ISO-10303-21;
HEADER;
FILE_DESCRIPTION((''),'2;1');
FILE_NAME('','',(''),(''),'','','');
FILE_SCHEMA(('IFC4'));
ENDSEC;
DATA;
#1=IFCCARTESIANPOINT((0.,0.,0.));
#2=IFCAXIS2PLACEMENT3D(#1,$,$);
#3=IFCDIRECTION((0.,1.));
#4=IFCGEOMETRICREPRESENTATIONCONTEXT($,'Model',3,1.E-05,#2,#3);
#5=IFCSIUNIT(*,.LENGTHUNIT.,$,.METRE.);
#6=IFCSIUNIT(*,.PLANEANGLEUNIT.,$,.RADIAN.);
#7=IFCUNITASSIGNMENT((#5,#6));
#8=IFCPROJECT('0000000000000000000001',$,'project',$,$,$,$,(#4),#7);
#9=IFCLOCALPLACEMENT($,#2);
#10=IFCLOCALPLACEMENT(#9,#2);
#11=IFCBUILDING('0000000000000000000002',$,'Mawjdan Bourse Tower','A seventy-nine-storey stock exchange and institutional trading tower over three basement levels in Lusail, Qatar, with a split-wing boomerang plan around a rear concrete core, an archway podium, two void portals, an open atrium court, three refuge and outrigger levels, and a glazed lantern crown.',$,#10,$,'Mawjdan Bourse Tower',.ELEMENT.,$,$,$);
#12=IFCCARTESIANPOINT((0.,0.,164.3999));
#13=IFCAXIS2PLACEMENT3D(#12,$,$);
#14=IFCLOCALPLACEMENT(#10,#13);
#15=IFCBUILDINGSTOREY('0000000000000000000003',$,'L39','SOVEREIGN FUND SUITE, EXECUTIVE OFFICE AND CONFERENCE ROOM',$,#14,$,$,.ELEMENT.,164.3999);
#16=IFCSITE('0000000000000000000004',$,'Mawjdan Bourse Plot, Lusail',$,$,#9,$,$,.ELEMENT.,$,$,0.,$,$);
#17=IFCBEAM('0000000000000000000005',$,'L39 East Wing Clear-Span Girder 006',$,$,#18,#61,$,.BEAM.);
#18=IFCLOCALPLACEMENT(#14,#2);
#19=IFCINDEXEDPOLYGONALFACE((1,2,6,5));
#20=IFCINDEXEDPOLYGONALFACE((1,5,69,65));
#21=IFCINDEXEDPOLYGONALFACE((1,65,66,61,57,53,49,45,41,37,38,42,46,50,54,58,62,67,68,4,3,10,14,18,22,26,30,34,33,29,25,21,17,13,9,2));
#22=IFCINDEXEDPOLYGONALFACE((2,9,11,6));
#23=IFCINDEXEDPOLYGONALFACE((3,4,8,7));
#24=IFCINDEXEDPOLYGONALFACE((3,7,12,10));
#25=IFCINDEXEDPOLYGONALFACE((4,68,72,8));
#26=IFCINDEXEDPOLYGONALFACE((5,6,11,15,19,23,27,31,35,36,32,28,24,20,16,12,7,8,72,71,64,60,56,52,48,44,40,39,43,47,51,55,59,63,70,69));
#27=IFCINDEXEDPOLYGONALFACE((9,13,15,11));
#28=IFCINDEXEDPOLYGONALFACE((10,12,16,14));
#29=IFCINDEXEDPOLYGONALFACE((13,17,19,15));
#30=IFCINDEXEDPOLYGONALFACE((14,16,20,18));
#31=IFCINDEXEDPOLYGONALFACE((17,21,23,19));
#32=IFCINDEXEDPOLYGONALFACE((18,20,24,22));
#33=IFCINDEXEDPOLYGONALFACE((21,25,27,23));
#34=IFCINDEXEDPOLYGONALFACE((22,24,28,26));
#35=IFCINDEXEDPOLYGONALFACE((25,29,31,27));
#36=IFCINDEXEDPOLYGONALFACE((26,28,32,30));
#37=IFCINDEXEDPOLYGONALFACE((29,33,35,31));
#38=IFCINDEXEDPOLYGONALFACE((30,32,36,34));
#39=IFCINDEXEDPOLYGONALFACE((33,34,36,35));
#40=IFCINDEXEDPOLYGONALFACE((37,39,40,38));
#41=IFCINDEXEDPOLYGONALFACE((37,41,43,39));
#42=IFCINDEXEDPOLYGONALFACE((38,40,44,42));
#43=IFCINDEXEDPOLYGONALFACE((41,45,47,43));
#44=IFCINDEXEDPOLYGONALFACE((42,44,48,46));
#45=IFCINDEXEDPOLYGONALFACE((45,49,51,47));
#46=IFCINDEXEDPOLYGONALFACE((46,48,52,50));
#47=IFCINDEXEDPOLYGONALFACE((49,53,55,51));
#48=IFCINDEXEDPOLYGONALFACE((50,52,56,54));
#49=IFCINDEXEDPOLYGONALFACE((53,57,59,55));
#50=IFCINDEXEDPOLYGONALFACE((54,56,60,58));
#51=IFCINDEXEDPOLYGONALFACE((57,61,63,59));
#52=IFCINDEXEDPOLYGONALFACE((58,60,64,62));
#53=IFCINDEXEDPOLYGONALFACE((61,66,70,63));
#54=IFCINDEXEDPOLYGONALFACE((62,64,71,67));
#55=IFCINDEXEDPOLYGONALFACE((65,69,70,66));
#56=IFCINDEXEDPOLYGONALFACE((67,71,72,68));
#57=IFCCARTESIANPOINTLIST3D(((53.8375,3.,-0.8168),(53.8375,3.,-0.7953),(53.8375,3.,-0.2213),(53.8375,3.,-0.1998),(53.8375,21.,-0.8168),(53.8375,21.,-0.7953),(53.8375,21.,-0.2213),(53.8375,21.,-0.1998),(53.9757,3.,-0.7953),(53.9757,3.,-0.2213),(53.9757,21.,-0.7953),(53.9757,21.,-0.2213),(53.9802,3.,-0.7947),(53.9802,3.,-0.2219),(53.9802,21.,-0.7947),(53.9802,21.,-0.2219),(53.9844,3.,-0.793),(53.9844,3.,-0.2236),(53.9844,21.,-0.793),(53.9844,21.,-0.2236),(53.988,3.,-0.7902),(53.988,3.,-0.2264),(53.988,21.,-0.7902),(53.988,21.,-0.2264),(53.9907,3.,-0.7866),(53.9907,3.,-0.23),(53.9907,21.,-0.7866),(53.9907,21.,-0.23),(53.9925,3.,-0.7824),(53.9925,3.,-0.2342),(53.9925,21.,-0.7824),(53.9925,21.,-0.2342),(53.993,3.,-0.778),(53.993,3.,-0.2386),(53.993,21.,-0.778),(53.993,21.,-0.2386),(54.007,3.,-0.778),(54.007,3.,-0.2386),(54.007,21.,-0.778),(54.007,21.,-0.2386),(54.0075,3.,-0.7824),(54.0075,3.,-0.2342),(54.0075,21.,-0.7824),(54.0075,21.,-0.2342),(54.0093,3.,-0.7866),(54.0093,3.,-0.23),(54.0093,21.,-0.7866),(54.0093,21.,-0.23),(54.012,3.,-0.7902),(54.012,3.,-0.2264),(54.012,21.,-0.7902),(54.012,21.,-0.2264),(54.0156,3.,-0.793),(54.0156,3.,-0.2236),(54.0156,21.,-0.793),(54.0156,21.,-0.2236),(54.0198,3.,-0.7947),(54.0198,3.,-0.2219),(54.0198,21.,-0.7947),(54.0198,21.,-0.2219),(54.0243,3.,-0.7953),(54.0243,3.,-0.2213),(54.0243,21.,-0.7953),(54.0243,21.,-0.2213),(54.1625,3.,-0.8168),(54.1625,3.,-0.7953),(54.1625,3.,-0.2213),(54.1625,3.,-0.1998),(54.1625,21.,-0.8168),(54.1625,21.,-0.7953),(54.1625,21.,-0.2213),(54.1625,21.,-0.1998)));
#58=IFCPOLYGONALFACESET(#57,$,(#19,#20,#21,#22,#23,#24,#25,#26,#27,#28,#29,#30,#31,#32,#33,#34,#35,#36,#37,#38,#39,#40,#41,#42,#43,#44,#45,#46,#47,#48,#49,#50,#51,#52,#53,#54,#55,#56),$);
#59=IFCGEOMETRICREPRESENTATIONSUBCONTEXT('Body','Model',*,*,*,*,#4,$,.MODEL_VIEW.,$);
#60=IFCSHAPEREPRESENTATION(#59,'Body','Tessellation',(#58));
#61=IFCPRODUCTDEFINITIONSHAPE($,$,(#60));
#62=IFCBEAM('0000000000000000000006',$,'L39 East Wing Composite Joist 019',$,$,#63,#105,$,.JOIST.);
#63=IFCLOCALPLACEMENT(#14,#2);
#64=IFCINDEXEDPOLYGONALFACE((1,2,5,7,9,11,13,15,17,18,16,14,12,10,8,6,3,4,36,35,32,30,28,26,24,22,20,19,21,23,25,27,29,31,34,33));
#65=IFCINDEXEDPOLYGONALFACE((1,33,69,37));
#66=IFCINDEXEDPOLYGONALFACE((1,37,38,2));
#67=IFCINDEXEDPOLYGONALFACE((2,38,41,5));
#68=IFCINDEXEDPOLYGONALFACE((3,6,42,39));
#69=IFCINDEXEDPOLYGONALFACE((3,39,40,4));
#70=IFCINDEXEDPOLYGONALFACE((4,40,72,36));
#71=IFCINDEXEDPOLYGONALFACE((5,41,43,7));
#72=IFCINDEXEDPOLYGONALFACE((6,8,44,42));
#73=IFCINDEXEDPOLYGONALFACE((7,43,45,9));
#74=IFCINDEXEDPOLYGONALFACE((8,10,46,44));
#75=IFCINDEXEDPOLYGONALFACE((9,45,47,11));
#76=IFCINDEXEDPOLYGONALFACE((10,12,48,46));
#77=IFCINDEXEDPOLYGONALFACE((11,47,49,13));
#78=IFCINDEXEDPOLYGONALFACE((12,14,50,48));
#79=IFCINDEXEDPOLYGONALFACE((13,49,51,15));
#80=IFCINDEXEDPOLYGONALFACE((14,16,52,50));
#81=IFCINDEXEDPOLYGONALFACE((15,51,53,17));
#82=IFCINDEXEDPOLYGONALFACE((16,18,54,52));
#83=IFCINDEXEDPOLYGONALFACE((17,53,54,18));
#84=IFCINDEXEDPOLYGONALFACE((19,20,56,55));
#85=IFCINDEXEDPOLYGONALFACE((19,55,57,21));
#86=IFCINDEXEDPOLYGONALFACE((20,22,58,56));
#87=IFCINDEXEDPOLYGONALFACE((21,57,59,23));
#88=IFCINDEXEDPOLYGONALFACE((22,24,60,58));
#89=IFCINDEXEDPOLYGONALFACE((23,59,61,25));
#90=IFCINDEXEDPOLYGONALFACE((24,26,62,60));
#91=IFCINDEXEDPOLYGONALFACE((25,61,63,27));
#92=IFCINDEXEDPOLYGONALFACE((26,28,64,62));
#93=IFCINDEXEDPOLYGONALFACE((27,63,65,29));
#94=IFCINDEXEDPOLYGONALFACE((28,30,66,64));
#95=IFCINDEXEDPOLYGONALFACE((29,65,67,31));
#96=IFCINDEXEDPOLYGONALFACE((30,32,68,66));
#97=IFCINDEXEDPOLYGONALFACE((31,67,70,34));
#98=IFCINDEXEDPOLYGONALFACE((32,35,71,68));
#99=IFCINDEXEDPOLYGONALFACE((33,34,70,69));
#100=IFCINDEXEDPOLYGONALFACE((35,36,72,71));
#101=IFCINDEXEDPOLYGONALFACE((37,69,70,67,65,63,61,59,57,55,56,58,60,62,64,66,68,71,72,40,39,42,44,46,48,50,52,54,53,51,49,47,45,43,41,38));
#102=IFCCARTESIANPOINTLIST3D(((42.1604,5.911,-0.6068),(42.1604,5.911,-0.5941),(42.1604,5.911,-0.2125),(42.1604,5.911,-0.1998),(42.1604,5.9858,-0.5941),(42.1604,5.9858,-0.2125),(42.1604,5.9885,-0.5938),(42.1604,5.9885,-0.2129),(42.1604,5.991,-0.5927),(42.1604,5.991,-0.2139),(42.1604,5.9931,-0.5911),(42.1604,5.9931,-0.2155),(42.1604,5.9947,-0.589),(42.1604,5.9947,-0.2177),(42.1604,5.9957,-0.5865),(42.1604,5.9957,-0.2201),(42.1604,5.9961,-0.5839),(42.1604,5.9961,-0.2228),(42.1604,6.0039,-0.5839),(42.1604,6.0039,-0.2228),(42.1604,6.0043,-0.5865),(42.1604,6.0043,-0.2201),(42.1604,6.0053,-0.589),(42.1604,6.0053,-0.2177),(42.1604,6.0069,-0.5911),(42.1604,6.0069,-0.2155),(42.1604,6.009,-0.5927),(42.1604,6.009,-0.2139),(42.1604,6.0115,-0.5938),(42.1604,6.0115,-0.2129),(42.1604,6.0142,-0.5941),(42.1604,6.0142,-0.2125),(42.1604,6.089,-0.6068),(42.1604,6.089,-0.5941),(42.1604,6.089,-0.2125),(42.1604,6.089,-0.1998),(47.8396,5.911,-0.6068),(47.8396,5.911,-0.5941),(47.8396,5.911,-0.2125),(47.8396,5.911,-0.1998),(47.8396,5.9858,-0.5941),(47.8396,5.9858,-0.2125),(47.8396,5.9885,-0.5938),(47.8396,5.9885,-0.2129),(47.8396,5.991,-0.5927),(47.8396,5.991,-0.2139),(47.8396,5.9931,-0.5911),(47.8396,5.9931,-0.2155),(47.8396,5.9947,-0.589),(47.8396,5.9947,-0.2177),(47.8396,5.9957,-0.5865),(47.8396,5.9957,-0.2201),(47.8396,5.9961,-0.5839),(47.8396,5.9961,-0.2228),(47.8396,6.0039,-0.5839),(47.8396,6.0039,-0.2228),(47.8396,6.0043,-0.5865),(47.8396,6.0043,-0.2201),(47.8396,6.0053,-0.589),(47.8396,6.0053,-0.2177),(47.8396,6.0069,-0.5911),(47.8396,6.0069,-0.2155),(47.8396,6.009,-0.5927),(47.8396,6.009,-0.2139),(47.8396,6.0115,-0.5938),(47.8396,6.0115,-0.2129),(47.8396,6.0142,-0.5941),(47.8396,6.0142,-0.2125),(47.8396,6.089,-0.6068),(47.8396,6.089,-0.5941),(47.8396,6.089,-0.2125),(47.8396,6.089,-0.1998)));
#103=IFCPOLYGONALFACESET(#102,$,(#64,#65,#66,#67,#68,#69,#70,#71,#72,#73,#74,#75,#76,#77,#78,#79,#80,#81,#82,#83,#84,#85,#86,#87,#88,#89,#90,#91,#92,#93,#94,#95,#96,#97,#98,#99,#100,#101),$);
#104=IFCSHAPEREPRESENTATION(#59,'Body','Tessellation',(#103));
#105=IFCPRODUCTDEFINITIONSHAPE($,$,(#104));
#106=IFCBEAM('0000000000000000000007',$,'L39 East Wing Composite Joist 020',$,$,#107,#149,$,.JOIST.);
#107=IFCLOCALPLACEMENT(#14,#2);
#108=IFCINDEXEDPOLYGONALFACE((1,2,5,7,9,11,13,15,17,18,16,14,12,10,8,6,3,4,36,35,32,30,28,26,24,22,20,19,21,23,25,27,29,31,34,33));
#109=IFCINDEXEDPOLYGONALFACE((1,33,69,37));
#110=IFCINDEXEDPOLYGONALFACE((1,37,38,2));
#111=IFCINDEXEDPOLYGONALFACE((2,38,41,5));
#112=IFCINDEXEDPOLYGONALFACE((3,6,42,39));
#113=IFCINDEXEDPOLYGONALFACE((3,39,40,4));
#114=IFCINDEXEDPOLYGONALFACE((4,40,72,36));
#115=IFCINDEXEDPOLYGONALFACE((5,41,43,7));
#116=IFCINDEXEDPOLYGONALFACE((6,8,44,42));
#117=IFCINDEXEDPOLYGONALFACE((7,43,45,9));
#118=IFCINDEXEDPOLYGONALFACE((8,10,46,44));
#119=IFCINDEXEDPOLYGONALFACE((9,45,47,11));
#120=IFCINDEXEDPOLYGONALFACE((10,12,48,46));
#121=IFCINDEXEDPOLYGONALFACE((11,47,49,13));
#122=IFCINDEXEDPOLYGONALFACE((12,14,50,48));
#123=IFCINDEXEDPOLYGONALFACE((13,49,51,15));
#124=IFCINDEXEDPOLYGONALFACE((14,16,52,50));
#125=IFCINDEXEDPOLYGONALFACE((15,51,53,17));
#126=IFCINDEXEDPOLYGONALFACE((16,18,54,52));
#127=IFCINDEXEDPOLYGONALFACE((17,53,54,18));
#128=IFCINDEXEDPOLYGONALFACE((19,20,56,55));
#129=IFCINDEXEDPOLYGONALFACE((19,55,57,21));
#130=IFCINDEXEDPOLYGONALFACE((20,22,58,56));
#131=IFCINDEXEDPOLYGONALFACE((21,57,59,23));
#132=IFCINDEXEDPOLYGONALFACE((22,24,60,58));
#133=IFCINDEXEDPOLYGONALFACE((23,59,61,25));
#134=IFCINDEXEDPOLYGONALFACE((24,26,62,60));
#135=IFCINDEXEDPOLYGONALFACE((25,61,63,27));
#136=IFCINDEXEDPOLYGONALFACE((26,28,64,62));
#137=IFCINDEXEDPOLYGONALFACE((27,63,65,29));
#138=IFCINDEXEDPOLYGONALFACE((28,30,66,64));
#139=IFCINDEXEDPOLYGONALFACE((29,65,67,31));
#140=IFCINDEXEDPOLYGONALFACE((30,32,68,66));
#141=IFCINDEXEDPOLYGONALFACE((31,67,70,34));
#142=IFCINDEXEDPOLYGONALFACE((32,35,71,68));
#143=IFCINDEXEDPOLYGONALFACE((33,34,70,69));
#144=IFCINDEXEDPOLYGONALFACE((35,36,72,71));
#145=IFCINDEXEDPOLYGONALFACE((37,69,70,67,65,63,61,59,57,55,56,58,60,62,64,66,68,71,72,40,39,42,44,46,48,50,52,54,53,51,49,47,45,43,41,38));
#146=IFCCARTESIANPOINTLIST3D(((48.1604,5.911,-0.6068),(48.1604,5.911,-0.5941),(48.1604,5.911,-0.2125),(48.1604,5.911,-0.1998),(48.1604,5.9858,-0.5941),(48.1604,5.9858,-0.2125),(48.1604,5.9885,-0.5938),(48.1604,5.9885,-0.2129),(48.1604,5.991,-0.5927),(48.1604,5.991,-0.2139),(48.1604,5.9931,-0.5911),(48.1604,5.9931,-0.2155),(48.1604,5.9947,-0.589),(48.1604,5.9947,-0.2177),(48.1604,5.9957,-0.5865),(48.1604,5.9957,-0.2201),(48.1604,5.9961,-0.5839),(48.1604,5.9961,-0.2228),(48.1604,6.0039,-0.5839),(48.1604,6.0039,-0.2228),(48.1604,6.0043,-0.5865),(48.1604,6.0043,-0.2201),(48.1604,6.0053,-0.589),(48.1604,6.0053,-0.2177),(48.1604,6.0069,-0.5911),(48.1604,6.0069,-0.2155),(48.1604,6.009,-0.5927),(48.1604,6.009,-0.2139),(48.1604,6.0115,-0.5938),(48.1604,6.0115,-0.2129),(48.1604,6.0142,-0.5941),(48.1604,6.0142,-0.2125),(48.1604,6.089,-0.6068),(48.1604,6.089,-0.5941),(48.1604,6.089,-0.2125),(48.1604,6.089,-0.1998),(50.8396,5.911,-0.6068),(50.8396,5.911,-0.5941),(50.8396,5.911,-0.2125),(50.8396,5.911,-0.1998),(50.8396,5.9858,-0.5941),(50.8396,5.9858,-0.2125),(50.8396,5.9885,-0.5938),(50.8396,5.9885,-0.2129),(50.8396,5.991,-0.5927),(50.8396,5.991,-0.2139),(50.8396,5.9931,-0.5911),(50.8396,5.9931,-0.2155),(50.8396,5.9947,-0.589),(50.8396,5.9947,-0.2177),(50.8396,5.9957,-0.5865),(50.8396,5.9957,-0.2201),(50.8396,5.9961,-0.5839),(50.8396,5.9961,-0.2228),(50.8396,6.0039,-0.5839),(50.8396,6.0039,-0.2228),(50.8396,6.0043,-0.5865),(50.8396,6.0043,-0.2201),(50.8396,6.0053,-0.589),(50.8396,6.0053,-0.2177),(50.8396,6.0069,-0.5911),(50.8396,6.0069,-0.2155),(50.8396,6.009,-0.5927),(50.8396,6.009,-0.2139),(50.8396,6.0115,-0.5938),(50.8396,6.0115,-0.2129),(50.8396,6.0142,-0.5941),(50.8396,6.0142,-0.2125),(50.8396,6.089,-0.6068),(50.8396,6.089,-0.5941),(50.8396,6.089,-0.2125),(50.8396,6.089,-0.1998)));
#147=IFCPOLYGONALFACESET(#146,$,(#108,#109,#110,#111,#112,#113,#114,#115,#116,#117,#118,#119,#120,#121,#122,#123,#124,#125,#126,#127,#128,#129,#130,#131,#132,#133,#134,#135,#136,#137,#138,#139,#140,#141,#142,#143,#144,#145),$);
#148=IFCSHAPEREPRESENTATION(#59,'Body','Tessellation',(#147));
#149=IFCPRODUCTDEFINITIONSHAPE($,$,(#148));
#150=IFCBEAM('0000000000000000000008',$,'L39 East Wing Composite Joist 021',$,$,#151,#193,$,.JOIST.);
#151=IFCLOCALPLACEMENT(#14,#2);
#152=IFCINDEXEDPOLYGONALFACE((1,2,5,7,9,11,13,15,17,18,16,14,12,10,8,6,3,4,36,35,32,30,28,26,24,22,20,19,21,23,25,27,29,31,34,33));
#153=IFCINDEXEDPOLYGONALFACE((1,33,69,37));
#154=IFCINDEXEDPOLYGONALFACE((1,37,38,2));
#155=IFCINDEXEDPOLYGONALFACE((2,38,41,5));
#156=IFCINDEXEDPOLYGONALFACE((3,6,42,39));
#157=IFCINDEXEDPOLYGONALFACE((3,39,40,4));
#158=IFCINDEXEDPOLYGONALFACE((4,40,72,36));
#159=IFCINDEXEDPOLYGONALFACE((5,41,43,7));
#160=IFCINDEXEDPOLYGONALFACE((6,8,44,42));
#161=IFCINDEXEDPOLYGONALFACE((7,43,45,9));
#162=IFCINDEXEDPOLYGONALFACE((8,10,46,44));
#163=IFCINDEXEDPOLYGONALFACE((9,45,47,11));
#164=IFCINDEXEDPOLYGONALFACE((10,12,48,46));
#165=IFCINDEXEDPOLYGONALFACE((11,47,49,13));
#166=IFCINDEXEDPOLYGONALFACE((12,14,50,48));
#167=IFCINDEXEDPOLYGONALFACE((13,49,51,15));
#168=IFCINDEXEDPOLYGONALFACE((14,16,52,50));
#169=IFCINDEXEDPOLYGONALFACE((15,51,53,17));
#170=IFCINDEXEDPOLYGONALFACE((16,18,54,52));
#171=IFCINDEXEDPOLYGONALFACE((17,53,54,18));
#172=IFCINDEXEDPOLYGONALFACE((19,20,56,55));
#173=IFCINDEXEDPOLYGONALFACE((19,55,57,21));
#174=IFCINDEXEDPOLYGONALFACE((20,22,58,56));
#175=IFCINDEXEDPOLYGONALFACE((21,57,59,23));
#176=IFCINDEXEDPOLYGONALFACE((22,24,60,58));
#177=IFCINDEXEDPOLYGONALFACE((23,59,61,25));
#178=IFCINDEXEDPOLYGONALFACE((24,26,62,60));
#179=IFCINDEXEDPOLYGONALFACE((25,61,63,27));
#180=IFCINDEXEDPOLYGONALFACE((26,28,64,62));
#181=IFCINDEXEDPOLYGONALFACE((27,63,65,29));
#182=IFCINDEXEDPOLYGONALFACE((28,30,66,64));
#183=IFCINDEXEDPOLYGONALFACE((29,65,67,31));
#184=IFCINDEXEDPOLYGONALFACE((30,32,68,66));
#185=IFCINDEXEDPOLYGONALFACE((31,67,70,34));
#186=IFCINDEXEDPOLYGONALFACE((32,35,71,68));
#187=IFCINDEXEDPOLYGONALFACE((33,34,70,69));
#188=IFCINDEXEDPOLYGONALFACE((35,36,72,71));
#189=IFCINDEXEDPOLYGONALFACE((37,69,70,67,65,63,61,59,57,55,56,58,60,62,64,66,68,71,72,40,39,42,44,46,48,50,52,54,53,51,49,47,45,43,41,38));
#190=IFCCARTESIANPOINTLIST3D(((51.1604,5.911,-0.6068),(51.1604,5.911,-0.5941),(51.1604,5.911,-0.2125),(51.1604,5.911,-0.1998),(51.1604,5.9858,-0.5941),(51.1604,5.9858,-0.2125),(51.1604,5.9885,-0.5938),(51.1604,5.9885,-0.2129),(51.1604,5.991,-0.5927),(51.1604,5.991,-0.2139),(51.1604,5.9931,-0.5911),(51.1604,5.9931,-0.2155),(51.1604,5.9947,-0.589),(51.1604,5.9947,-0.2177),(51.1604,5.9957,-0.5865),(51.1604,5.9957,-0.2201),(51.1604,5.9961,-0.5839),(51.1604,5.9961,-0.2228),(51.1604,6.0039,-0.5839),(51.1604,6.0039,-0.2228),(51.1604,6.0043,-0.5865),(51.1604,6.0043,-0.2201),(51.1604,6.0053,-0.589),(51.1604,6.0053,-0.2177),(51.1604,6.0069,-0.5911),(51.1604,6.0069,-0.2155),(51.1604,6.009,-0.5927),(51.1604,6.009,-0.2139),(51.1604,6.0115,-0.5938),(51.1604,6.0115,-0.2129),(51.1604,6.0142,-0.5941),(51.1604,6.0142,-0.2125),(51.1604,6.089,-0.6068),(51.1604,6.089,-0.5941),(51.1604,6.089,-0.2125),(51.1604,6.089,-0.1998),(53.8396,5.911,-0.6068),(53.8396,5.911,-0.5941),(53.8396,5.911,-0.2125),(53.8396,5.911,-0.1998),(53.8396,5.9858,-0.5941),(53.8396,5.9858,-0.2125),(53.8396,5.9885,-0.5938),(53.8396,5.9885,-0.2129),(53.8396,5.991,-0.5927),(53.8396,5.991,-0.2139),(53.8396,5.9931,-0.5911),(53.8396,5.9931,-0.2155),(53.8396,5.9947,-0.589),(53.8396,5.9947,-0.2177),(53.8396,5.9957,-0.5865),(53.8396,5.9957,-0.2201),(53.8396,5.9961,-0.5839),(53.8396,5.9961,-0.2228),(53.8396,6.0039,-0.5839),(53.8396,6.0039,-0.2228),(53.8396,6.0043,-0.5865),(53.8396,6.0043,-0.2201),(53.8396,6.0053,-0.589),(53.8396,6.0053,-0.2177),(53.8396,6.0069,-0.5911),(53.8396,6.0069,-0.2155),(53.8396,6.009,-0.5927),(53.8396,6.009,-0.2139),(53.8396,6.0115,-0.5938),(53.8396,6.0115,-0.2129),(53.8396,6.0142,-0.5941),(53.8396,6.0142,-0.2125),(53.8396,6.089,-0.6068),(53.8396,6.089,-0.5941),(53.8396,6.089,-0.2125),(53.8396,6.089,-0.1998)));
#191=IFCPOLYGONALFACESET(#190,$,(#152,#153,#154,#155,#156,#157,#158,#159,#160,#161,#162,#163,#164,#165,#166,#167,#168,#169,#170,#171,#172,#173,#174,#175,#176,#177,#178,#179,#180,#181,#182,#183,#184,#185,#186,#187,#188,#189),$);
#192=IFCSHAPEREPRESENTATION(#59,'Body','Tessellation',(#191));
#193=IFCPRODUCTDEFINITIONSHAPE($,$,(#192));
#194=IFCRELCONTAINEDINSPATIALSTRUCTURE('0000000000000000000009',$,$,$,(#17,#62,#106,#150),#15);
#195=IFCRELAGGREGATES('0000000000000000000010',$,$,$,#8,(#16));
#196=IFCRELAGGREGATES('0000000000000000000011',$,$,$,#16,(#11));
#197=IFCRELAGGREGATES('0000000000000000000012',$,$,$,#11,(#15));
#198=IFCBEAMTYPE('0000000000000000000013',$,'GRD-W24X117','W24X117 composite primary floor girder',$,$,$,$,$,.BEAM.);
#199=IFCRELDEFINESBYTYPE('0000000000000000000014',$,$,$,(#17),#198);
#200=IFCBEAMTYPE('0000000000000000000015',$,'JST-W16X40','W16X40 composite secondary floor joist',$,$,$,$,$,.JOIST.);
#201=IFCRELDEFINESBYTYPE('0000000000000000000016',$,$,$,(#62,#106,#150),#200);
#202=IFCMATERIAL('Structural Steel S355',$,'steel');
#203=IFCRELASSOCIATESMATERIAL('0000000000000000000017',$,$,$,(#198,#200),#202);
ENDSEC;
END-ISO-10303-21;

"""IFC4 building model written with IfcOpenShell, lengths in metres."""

from ifc_helpers import new_model, si_unit, direction, frame, origin, origin_2d, place, context, subcontext, project, spatial, i_section, extrude, material, material_profile, profile_set, type_object, element, save


model = new_model("IFC4")

# Units and contexts
model_context = context("Model", 3, precision=1e-05, world=origin(), true_north=direction((0.0, 1.0)))
body_context = subcontext(model_context, "Body", "Model", "MODEL_VIEW")
ifc_project = project(units=[si_unit("LENGTHUNIT", "METRE"), si_unit("PLANEANGLEUNIT", "RADIAN")], contexts=[model_context])

# Site, building, storey
site_placement = place(None, origin())
site = spatial("IfcSite", under=ifc_project, at=site_placement, Name="Mawjdan Bourse Plot, Lusail", CompositionType="ELEMENT", RefElevation=0.0)
building_placement = place(site_placement, origin())
building = spatial("IfcBuilding", under=site, at=building_placement, Name="Mawjdan Bourse Tower", Description="A seventy-nine-storey stock exchange and institutional trading tower over three basement levels in Lusail, Qatar, with a split-wing boomerang plan around a rear concrete core, an archway podium, two void portals, an open atrium court, three refuge and outrigger levels, and a glazed lantern crown.", LongName="Mawjdan Bourse Tower", CompositionType="ELEMENT")
storey_placement = place(building_placement, frame((0.0, 0.0, 164.3999)))
storey = spatial("IfcBuildingStorey", under=building, at=storey_placement, Name="L39", Description="SOVEREIGN FUND SUITE, EXECUTIVE OFFICE AND CONFERENCE ROOM", CompositionType="ELEMENT", Elevation=164.3999)

# Beams
ifc_material_1 = material(Name="Structural Steel S355", Category="steel")
ifc_material_profile_1 = material_profile(ifc_material_1, i_section(OverallWidth=0.325, OverallDepth=0.6169, WebThickness=0.0139, FlangeThickness=0.0215, FilletRadius=0.0173, at=origin_2d()), Name="W24X117")
ifc_profile_set_1 = profile_set([ifc_material_profile_1], Name="Structural Steel S355")
beam_type_1 = type_object("IfcBeamType", Name="GRD-W24X117", Description="W24X117 composite primary floor girder", PredefinedType="BEAM", material=ifc_profile_set_1)
for number, where, z_axis, x_axis, name in (
    (1, (54.0, 3.0, -0.5083), (0.0, 1.0, 0.0), (-1.0, 0.0, 0.0), "L39 East Wing Clear-Span Girder 006"),
):
    element("IfcBeam", number, at=place(storey_placement, frame(where, z_axis=z_axis, x_axis=x_axis)), inside=storey, type_object=beam_type_1, Name=name, PredefinedType="BEAM", context=body_context, shape_type="SweptSolid", body=[
        extrude(i_section(OverallWidth=0.325, OverallDepth=0.6169, WebThickness=0.0139, FlangeThickness=0.0215, FilletRadius=0.0173, at=origin_2d()), origin(), (0.0, 0.0, 1.0), 18.0),
    ])
ifc_material_profile_2 = material_profile(ifc_material_1, i_section(OverallWidth=0.178, OverallDepth=0.407, WebThickness=0.0078, FlangeThickness=0.0127, FilletRadius=0.0103, at=origin_2d()), Name="W16X40")
ifc_profile_set_2 = profile_set([ifc_material_profile_2], Name="Structural Steel S355")
beam_type_2 = type_object("IfcBeamType", Name="JST-W16X40", Description="W16X40 composite secondary floor joist", PredefinedType="JOIST", material=ifc_profile_set_2)
beam_1_placement = place(storey_placement, frame((42.1604, 6.0, -0.4033), z_axis=(1.0, 0.0, 0.0), x_axis=(0.0, 1.0, 0.0)))
element("IfcBeam", 2, at=beam_1_placement, inside=storey, type_object=beam_type_2, Name="L39 East Wing Composite Joist 019", PredefinedType="JOIST", context=body_context, shape_type="SweptSolid", body=[
    extrude(i_section(OverallWidth=0.178, OverallDepth=0.407, WebThickness=0.0078, FlangeThickness=0.0127, FilletRadius=0.0103, at=origin_2d()), origin(), (0.0, 0.0, 1.0), 5.6792),
])
for number, where, z_axis, x_axis, name in (
    (3, (48.1604, 6.0, -0.4033), (1.0, 0.0, 0.0), (0.0, 1.0, 0.0), "L39 East Wing Composite Joist 020"),
    (4, (51.1604, 6.0, -0.4033), (1.0, 0.0, 0.0), (0.0, 1.0, 0.0), "L39 East Wing Composite Joist 021"),
):
    element("IfcBeam", number, at=place(storey_placement, frame(where, z_axis=z_axis, x_axis=x_axis)), inside=storey, type_object=beam_type_2, Name=name, PredefinedType="JOIST", context=body_context, shape_type="SweptSolid", body=[
        extrude(i_section(OverallWidth=0.178, OverallDepth=0.407, WebThickness=0.0078, FlangeThickness=0.0127, FilletRadius=0.0103, at=origin_2d()), origin(), (0.0, 0.0, 1.0), 2.6792),
    ])

save(model, "model.ifc")
